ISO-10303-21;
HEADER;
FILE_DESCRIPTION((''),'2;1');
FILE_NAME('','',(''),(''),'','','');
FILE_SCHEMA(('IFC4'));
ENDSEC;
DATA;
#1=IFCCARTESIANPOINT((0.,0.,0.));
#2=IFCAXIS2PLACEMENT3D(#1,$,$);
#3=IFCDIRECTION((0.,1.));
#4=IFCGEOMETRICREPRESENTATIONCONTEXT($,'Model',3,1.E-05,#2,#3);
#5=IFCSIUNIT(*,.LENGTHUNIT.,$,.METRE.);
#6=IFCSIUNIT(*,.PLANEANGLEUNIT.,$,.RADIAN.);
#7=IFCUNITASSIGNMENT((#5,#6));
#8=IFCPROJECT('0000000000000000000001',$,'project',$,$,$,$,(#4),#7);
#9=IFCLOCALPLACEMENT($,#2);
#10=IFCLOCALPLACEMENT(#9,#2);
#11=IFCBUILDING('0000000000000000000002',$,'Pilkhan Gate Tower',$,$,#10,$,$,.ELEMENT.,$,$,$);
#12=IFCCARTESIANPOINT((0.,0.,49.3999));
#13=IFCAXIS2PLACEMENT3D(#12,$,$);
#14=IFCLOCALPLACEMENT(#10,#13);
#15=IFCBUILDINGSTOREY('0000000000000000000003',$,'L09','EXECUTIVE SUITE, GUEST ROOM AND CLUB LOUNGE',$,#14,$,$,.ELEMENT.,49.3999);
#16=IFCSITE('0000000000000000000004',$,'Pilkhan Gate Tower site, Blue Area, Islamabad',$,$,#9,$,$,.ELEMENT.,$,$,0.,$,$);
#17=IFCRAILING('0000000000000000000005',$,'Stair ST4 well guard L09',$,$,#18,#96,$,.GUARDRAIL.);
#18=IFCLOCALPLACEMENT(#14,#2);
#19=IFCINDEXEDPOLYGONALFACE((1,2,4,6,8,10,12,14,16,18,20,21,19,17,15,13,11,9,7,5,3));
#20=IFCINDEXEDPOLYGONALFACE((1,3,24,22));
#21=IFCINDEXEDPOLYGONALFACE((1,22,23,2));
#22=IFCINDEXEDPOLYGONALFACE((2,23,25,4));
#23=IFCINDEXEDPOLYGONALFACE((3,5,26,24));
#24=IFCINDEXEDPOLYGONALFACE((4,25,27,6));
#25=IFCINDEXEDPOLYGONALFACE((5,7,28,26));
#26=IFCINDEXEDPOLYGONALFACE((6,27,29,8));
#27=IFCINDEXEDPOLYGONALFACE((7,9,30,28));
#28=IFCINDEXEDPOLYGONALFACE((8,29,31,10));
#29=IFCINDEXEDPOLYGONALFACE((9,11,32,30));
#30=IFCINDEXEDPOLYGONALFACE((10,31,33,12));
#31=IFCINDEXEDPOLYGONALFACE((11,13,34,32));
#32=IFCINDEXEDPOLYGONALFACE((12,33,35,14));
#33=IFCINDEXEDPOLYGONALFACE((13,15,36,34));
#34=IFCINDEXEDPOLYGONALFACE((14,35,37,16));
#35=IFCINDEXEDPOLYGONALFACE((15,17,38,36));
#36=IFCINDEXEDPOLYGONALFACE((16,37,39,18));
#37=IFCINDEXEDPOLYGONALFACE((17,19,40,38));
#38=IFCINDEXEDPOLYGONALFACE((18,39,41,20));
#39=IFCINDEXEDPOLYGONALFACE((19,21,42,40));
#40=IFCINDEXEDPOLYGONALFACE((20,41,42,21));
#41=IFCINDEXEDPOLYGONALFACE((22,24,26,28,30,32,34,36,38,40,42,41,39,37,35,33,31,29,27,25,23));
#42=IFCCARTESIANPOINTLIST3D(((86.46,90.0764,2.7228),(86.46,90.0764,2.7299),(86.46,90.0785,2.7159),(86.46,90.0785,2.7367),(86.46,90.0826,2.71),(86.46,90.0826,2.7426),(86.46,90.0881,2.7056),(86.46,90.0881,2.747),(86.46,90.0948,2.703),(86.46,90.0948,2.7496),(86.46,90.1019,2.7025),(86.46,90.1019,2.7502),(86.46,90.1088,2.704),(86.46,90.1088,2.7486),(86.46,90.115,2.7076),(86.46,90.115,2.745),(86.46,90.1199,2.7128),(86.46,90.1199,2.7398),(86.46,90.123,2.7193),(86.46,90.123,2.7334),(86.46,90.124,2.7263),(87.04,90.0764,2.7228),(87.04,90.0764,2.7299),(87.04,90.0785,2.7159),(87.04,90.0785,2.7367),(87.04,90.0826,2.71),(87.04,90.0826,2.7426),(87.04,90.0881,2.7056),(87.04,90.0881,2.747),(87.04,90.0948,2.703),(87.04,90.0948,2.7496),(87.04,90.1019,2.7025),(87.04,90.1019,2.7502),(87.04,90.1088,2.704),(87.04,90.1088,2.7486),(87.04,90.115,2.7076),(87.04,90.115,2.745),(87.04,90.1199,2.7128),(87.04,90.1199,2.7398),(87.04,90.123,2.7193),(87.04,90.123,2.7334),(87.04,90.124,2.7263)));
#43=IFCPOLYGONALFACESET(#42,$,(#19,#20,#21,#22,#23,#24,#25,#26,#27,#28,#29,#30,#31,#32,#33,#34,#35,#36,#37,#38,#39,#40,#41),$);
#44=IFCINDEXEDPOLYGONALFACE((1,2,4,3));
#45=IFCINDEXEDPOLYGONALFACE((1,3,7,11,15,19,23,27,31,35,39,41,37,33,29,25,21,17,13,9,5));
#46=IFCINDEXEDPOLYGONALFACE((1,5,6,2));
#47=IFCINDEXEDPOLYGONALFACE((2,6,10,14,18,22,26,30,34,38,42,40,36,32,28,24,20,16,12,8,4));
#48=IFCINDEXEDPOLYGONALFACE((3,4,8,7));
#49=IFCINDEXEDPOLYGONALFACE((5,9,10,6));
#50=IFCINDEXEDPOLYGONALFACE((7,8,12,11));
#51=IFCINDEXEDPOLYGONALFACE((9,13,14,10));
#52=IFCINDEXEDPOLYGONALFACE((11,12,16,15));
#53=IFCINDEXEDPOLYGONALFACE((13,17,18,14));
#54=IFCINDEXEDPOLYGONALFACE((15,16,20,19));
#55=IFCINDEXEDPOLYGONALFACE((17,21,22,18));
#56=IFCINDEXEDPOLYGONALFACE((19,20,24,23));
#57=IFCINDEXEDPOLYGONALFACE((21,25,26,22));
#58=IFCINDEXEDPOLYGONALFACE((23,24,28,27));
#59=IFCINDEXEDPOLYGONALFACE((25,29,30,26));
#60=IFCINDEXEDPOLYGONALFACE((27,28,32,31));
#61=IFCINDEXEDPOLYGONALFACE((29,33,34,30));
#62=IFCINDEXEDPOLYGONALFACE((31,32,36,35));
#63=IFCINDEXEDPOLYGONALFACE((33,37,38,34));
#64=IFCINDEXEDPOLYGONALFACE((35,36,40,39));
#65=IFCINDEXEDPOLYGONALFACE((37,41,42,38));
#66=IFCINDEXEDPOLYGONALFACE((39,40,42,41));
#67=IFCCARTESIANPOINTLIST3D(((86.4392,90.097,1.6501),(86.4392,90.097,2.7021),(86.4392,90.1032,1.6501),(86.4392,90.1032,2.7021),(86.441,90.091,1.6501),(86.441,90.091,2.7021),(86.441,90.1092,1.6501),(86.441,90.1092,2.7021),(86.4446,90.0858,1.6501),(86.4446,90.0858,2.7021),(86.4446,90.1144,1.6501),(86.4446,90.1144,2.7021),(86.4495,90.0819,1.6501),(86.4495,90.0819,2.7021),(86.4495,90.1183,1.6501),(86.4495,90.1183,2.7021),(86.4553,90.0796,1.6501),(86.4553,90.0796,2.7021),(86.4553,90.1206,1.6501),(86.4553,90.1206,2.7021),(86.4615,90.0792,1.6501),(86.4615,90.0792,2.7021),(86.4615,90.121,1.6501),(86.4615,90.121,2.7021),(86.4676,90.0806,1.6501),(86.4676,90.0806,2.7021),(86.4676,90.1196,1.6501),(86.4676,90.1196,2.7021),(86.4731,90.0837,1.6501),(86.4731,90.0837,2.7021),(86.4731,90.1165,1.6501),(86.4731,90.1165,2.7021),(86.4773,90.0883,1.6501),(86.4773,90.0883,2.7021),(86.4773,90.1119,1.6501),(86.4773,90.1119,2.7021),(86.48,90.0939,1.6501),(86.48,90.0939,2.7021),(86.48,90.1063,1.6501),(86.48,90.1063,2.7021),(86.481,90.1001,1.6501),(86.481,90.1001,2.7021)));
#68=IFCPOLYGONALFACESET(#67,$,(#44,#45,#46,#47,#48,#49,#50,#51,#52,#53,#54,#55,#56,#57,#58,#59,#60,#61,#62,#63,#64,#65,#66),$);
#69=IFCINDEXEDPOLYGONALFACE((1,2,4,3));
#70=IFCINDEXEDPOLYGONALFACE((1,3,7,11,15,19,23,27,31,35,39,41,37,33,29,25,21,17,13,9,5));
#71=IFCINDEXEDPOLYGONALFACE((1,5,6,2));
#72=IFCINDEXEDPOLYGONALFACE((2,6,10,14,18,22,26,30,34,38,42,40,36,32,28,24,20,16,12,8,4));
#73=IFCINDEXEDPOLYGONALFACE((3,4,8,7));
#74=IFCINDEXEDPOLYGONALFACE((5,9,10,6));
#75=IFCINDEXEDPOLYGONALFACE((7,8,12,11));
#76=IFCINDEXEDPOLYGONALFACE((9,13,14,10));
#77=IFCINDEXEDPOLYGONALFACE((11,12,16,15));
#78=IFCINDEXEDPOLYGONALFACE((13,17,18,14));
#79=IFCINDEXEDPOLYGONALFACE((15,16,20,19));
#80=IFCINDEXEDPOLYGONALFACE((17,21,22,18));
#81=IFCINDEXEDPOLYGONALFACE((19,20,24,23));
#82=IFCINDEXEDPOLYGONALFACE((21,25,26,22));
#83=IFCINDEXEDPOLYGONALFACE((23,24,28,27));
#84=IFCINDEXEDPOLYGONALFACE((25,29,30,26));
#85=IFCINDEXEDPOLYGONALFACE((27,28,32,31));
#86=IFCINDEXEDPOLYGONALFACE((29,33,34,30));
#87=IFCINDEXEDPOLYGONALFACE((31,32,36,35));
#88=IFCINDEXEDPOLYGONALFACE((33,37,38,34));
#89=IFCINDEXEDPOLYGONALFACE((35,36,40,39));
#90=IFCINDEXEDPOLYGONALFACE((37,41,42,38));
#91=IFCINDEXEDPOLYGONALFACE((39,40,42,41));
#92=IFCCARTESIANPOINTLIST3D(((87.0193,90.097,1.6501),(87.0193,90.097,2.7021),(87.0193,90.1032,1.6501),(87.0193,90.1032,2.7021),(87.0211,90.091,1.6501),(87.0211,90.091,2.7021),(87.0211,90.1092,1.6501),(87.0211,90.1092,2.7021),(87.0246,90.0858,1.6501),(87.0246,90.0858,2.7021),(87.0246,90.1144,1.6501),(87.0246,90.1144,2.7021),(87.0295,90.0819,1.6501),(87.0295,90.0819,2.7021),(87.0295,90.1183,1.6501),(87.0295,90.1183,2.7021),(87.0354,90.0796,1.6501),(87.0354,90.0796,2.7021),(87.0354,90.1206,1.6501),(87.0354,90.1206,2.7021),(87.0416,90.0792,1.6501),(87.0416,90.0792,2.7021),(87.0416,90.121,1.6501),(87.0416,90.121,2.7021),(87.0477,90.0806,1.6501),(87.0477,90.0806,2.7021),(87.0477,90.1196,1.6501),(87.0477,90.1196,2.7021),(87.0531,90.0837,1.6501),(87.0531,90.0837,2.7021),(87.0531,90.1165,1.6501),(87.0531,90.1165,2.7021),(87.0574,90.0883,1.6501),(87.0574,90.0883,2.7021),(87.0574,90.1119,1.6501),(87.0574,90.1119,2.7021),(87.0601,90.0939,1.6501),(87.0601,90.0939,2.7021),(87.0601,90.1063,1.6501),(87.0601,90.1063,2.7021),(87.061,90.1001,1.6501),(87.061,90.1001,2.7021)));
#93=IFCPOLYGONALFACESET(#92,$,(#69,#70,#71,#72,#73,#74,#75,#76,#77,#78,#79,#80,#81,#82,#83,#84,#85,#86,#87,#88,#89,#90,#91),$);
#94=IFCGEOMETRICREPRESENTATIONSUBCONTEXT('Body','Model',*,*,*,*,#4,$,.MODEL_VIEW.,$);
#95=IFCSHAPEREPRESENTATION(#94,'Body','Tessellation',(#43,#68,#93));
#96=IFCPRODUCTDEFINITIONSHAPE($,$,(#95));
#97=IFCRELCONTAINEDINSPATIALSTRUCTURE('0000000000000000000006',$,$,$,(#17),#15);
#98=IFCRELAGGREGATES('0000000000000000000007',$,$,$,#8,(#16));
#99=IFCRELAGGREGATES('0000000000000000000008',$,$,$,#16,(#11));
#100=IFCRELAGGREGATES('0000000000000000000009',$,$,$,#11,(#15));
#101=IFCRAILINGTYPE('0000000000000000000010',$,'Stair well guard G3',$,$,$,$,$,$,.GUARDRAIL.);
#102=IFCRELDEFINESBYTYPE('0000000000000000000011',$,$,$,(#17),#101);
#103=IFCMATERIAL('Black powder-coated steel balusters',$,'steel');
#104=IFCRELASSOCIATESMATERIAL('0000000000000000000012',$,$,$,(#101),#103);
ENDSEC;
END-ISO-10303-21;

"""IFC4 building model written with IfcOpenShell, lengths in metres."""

from ifc_helpers import new_model, si_unit, direction, frame, origin, origin_2d, place, context, subcontext, project, spatial, circle, extrude, material, type_object, element, save


model = new_model("IFC4")

# Units and contexts
model_context = context("Model", 3, precision=1e-05, world=origin(), true_north=direction((0.0, 1.0)))
body_context = subcontext(model_context, "Body", "Model", "MODEL_VIEW")
ifc_project = project(units=[si_unit("LENGTHUNIT", "METRE"), si_unit("PLANEANGLEUNIT", "RADIAN")], contexts=[model_context])

# Site, building, storey
site_placement = place(None, origin())
site = spatial("IfcSite", under=ifc_project, at=site_placement, Name="Pilkhan Gate Tower site, Blue Area, Islamabad", CompositionType="ELEMENT", RefElevation=0.0)
building_placement = place(site_placement, origin())
building = spatial("IfcBuilding", under=site, at=building_placement, Name="Pilkhan Gate Tower", CompositionType="ELEMENT")
storey_placement = place(building_placement, frame((0.0, 0.0, 49.3999)))
storey = spatial("IfcBuildingStorey", under=building, at=storey_placement, Name="L09", Description="EXECUTIVE SUITE, GUEST ROOM AND CLUB LOUNGE", CompositionType="ELEMENT", Elevation=49.3999)

# Railing
ifc_material_1 = material(Name="Black powder-coated steel balusters", Category="steel")
railing_type_1 = type_object("IfcRailingType", Name="Stair well guard G3", PredefinedType="GUARDRAIL", material=ifc_material_1)
for number, where, name in (
    (1, (86.46, 90.1001, 1.6501), "Stair ST4 well guard L09"),
):
    element("IfcRailing", number, at=place(storey_placement, frame(where)), inside=storey, type_object=railing_type_1, Name=name, PredefinedType="GUARDRAIL", context=body_context, shape_type="SweptSolid", body=[
        extrude(circle(Radius=0.0239, at=origin_2d()), frame((0.0, 0.0, 1.0762), z_axis=(1.0, 0.0, 0.0), x_axis=(0.0, 1.0, 0.0)), (0.0, 0.0, 1.0), 0.5801),
        extrude(circle(Radius=0.021, at=origin_2d()), origin(), (0.0, 0.0, 1.0), 1.052),
        extrude(circle(Radius=0.021, at=origin_2d()), frame((0.5801, 0.0, 0.0)), (0.0, 0.0, 1.0), 1.052),
    ])

save(model, "model.ifc")
